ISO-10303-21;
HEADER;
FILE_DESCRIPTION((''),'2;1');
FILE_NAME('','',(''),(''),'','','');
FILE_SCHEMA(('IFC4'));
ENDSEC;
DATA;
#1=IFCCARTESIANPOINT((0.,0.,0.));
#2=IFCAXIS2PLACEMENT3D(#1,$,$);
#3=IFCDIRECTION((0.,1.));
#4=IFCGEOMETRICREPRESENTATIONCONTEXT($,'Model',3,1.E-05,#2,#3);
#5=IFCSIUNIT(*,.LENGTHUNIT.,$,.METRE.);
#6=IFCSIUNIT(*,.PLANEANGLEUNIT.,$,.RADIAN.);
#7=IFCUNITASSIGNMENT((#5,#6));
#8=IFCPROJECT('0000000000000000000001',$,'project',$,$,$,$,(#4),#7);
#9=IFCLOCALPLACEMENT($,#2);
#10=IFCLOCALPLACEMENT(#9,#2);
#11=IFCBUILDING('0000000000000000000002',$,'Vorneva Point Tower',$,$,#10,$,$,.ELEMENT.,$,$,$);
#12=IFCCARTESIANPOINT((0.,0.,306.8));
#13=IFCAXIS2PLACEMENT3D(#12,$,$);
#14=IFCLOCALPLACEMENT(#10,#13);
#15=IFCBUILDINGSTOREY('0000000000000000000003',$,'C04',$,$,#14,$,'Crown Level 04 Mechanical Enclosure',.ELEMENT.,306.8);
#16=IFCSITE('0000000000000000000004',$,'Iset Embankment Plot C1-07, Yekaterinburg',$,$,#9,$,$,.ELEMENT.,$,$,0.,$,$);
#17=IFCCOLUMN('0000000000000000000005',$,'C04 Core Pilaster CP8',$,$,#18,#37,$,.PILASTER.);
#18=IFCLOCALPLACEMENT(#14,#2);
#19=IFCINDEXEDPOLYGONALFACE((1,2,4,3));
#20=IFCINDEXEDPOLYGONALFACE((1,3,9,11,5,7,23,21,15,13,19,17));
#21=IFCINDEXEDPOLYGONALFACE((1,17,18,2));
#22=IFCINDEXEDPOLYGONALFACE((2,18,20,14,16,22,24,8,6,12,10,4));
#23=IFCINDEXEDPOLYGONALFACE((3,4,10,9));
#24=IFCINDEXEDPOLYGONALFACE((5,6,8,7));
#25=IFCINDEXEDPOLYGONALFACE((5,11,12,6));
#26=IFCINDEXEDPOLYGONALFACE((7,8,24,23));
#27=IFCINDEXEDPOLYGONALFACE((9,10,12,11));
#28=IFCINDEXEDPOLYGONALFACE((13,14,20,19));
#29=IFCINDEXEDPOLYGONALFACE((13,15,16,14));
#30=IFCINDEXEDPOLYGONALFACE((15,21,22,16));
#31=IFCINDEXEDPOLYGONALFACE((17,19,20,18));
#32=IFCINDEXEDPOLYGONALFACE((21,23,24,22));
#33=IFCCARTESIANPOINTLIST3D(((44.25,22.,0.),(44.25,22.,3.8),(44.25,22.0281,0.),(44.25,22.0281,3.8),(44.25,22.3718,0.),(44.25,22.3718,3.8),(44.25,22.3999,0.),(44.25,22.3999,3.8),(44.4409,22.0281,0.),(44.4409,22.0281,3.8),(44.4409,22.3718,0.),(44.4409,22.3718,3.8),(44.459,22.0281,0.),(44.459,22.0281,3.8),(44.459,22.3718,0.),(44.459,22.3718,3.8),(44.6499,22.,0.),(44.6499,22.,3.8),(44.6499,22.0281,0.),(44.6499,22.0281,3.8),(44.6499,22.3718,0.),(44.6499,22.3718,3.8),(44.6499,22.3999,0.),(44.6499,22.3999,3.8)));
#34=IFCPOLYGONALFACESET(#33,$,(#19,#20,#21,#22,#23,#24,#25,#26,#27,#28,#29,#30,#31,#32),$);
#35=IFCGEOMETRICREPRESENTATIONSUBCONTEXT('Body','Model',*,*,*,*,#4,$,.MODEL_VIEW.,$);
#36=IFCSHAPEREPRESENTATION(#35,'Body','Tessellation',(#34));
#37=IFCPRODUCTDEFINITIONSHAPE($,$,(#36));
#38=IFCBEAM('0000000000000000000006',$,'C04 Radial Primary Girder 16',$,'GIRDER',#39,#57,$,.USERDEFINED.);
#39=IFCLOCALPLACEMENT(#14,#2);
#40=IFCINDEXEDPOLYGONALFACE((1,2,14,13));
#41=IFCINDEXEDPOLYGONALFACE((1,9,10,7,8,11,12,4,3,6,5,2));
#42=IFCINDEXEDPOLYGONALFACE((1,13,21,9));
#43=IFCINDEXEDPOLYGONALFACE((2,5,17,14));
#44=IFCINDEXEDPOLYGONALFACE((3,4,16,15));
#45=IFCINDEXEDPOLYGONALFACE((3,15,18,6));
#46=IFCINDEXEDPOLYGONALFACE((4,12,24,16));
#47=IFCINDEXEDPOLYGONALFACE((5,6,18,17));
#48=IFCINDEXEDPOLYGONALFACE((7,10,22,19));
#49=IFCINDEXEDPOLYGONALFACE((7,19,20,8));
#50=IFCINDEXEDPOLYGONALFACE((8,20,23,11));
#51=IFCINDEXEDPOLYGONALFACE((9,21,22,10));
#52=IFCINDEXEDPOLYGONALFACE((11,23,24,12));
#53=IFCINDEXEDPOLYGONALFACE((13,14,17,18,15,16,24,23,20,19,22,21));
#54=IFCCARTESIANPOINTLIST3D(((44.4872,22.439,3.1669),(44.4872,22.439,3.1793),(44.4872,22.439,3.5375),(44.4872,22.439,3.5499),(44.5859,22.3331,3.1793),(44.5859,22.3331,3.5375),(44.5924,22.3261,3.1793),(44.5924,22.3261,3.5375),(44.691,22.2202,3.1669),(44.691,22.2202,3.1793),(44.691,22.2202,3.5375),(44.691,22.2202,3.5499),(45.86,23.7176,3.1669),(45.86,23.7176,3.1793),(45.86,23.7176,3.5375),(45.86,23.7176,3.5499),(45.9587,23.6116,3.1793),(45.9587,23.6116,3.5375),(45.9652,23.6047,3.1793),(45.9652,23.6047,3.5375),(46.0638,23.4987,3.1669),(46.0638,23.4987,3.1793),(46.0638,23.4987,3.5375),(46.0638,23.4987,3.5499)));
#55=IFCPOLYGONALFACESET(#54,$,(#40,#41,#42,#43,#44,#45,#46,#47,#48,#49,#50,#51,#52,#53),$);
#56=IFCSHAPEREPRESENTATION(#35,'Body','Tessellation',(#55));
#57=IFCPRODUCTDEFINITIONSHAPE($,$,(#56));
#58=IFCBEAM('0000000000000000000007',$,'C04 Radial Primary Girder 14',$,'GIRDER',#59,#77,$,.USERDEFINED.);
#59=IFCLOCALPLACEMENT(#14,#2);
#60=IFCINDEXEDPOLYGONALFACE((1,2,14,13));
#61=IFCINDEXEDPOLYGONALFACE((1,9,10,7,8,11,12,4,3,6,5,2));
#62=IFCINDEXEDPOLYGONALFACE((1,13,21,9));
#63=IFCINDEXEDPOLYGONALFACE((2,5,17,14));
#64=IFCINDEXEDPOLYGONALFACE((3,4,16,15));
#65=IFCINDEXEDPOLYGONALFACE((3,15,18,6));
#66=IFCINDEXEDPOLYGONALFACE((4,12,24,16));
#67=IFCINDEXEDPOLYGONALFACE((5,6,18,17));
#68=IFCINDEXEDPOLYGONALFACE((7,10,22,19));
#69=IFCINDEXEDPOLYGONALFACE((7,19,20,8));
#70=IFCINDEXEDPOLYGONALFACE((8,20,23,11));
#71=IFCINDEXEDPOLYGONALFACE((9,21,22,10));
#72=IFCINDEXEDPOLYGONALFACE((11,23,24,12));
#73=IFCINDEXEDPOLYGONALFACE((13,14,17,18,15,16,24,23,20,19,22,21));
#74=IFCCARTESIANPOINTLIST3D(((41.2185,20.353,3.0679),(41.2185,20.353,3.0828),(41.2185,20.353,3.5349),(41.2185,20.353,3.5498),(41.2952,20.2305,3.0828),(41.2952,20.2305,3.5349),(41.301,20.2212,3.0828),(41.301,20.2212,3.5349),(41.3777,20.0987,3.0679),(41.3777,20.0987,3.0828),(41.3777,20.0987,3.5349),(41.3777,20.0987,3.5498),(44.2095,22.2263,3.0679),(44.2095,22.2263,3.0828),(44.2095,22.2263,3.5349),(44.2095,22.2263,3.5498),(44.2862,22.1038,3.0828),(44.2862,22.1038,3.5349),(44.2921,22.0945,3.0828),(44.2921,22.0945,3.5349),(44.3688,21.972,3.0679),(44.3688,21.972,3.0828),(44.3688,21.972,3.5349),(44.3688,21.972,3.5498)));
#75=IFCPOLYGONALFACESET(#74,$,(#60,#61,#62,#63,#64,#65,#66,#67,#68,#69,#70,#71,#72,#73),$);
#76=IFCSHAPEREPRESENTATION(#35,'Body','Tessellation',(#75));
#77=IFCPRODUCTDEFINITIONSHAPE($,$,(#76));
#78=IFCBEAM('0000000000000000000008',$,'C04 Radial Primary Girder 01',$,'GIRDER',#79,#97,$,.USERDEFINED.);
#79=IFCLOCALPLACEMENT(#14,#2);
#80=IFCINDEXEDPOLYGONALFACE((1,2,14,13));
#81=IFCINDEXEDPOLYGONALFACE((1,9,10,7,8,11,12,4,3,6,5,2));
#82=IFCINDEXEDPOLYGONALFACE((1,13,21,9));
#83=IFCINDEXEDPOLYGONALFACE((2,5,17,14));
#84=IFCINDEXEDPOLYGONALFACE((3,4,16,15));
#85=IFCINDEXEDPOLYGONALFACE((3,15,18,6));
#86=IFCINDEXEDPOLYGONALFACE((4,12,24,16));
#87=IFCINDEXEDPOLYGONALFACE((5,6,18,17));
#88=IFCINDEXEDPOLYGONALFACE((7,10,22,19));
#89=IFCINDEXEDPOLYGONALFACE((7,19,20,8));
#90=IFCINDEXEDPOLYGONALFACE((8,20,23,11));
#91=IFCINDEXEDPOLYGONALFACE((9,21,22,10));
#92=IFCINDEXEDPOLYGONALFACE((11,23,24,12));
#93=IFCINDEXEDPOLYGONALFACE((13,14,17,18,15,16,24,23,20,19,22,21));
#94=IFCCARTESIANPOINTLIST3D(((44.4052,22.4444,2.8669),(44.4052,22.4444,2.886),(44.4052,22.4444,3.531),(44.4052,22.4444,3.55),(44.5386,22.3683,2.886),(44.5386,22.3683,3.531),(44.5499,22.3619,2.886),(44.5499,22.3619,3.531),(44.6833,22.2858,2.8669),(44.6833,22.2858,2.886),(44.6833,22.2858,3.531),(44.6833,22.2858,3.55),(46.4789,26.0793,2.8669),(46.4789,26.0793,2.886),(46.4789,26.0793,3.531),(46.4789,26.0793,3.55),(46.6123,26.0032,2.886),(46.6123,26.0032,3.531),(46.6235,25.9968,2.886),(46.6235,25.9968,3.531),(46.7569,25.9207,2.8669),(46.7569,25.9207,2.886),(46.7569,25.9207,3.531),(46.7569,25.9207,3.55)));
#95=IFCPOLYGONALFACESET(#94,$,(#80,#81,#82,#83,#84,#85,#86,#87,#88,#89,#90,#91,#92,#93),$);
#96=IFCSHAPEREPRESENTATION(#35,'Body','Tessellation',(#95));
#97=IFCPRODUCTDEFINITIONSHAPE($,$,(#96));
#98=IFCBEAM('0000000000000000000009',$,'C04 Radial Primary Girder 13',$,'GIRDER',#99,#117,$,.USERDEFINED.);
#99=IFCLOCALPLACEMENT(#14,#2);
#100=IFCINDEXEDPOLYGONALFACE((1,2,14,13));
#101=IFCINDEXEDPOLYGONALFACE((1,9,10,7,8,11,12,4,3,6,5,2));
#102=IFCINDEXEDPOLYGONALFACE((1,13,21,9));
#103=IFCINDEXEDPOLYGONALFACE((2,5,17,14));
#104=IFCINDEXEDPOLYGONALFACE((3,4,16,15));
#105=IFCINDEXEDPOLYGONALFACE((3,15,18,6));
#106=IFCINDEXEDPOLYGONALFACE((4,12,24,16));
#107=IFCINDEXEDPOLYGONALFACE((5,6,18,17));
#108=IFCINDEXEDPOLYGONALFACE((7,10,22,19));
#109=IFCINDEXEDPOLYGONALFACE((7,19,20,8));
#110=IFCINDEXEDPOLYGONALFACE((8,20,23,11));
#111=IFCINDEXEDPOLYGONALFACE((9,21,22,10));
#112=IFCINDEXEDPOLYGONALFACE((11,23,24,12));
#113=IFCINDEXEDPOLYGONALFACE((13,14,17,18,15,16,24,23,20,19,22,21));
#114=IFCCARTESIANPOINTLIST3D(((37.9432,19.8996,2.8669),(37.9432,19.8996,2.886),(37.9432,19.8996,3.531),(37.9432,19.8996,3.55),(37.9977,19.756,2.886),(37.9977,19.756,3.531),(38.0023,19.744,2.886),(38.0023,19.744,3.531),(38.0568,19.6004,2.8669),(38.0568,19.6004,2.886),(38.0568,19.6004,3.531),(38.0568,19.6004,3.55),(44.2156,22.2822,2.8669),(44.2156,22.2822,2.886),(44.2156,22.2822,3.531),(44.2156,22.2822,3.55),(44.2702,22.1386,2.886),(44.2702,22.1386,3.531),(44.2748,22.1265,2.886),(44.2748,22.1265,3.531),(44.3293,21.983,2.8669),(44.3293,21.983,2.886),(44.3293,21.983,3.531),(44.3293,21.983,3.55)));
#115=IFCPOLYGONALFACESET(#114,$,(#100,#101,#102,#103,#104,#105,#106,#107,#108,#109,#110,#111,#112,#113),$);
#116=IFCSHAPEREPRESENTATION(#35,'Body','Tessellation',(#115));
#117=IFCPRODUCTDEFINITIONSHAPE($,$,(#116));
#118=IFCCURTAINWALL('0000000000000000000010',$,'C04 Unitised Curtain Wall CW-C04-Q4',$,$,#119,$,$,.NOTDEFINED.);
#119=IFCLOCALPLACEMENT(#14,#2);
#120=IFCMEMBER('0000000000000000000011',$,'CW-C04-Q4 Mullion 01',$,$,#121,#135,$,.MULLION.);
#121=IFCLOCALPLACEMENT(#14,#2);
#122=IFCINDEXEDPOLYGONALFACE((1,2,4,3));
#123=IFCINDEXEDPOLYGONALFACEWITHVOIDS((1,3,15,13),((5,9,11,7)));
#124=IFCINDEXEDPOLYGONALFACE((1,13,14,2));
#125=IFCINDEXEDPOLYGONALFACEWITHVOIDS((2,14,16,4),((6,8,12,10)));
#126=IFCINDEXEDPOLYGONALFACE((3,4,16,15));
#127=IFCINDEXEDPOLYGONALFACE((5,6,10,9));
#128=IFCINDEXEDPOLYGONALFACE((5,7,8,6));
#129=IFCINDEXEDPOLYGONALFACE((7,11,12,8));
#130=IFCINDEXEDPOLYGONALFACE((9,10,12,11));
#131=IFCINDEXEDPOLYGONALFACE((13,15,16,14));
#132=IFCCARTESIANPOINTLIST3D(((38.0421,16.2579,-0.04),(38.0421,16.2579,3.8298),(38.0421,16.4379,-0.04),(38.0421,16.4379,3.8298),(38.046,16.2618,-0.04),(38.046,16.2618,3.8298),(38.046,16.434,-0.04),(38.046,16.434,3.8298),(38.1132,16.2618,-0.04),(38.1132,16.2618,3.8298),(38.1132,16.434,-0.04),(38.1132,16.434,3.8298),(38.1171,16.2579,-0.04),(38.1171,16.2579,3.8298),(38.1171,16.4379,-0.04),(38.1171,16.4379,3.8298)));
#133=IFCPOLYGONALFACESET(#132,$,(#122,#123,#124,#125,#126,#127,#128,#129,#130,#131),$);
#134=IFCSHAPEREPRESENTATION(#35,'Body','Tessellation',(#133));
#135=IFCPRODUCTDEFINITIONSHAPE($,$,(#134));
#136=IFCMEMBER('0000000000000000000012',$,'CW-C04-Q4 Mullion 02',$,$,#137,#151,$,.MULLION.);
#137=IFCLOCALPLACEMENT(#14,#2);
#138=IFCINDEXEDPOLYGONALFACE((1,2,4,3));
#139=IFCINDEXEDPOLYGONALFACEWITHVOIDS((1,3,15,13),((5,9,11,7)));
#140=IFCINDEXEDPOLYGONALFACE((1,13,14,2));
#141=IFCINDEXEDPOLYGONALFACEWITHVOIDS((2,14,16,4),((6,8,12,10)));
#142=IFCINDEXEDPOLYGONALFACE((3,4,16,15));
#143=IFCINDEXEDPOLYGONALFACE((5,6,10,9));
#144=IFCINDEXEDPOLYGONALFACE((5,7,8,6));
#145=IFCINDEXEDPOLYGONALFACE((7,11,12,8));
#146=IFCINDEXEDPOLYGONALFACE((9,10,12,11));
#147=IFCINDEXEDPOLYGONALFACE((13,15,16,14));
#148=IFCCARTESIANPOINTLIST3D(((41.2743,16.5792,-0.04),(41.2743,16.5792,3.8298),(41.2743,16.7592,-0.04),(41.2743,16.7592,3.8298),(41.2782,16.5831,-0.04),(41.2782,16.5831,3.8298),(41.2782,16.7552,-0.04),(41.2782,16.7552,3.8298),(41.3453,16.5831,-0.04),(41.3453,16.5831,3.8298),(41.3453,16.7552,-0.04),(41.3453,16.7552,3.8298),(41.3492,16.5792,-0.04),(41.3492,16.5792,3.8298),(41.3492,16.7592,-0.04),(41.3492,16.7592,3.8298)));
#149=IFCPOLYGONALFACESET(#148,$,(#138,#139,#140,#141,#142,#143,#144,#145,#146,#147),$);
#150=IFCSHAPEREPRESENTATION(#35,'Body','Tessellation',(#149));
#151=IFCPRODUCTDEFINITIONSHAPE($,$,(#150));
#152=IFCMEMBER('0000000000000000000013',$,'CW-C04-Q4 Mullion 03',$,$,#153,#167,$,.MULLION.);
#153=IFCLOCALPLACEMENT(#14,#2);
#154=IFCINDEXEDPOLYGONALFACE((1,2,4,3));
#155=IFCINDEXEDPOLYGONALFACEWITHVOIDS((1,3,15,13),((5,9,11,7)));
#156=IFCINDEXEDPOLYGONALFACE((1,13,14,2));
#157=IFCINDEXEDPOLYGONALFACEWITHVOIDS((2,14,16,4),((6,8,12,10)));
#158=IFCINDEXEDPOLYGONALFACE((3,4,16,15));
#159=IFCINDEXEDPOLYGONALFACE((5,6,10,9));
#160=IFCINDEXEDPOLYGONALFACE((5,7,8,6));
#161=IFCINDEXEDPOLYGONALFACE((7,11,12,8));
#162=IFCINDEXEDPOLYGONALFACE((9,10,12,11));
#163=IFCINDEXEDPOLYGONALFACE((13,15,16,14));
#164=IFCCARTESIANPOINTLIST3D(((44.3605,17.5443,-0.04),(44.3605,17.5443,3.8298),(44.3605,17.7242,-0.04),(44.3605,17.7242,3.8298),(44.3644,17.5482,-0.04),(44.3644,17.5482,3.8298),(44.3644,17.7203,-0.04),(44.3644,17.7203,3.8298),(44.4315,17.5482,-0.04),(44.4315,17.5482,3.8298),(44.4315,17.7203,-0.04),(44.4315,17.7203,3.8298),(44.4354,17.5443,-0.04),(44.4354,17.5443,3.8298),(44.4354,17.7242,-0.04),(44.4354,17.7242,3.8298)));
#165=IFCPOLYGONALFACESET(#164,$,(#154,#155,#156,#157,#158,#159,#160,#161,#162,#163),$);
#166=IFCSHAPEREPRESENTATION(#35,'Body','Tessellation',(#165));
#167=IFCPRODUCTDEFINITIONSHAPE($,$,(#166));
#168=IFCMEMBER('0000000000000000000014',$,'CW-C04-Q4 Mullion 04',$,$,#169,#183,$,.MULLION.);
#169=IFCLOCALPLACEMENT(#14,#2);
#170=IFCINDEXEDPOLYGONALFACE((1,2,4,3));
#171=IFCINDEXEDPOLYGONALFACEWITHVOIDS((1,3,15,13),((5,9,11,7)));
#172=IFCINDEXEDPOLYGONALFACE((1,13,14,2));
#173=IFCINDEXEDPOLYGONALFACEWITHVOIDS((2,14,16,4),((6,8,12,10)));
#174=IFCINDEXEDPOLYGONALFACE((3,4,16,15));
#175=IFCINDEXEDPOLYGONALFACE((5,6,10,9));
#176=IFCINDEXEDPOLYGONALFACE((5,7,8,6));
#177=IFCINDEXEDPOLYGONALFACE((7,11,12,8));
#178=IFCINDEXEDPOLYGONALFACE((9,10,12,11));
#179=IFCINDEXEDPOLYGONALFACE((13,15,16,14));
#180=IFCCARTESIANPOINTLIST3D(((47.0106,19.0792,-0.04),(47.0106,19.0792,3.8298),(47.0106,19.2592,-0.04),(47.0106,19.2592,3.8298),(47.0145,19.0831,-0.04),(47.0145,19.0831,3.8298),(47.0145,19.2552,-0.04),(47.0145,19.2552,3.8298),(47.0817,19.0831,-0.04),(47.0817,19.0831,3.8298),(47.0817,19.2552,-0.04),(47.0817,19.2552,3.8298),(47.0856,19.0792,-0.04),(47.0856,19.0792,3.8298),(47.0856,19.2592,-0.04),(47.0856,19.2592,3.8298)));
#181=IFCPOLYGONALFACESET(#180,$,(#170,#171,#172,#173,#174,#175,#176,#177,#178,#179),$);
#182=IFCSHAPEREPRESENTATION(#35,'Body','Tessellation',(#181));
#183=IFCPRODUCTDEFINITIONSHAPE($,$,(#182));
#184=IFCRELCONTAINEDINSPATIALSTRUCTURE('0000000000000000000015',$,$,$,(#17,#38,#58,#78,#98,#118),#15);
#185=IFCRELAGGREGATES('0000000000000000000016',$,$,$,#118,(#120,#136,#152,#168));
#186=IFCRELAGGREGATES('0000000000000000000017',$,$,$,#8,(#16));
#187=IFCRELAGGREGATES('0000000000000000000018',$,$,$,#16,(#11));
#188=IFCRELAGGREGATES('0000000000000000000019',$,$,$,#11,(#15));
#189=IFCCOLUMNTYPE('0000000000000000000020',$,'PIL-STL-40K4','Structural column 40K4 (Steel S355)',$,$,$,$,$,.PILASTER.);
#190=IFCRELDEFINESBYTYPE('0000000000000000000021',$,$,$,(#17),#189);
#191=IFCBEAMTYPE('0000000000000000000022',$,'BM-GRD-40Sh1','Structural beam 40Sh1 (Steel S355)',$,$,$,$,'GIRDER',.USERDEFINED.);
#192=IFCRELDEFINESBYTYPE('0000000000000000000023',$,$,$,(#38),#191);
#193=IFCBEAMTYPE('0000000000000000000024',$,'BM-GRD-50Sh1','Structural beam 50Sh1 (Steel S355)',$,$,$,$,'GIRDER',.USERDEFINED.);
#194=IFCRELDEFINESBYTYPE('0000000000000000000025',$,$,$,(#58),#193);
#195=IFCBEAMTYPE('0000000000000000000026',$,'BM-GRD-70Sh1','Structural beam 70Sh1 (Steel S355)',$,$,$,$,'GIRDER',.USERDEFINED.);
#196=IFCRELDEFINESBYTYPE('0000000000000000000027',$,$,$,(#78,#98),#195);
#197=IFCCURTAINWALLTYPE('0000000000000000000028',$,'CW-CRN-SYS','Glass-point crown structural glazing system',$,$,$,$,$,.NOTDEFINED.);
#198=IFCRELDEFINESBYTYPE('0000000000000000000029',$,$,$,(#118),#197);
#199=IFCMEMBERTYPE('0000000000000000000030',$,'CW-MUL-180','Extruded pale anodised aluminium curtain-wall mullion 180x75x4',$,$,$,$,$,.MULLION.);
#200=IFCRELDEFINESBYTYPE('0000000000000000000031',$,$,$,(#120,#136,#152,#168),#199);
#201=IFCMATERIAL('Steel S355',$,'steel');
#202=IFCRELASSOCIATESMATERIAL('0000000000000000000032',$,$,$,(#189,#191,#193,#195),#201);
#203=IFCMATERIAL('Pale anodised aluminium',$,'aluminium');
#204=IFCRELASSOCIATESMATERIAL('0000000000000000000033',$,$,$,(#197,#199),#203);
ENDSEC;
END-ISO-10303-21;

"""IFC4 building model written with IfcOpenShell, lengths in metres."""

from ifc_helpers import new_model, si_unit, direction, frame, origin, origin_2d, place, context, subcontext, project, spatial, hollow_rectangle, i_section, extrude, material, material_profile, profile_set, type_object, element, aggregate, save


model = new_model("IFC4")

# Units and contexts
model_context = context("Model", 3, precision=1e-05, world=origin(), true_north=direction((0.0, 1.0)))
body_context = subcontext(model_context, "Body", "Model", "MODEL_VIEW")
ifc_project = project(units=[si_unit("LENGTHUNIT", "METRE"), si_unit("PLANEANGLEUNIT", "RADIAN")], contexts=[model_context])

# Site, building, storey
site_placement = place(None, origin())
site = spatial("IfcSite", under=ifc_project, at=site_placement, Name="Iset Embankment Plot C1-07, Yekaterinburg", CompositionType="ELEMENT", RefElevation=0.0)
building_placement = place(site_placement, origin())
building = spatial("IfcBuilding", under=site, at=building_placement, Name="Vorneva Point Tower", CompositionType="ELEMENT")
storey_placement = place(building_placement, frame((0.0, 0.0, 306.8)))
storey = spatial("IfcBuildingStorey", under=building, at=storey_placement, Name="C04", LongName="Crown Level 04 Mechanical Enclosure", CompositionType="ELEMENT", Elevation=306.8)

# Column
ifc_material_1 = material(Name="Steel S355", Category="steel")
ifc_material_profile_1 = material_profile(ifc_material_1, i_section(OverallWidth=0.3999, OverallDepth=0.3999, WebThickness=0.0181, FlangeThickness=0.0281, at=origin_2d()), Name="40K4")
ifc_profile_set_1 = profile_set([ifc_material_profile_1], Name="Steel S355")
column_type = type_object("IfcColumnType", Name="PIL-STL-40K4", Description="Structural column 40K4 (Steel S355)", PredefinedType="PILASTER", material=ifc_profile_set_1)
column_placement = place(storey_placement, frame((44.45, 22.2, 0.0), z_axis=(0.0, 0.0, 1.0), x_axis=(1.0, 0.0, 0.0)))
element("IfcColumn", 1, at=column_placement, inside=storey, type_object=column_type, Name="C04 Core Pilaster CP8", PredefinedType="PILASTER", context=body_context, shape_type="SweptSolid", body=[
    extrude(i_section(OverallWidth=0.3999, OverallDepth=0.3999, WebThickness=0.0181, FlangeThickness=0.0281, at=origin_2d()), origin(), (0.0, 0.0, 1.0), 3.8),
])

# Beams
ifc_material_profile_2 = material_profile(ifc_material_1, i_section(OverallWidth=0.2991, OverallDepth=0.3831, WebThickness=0.0095, FlangeThickness=0.0125, at=origin_2d()), Name="40Sh1")
ifc_profile_set_2 = profile_set([ifc_material_profile_2], Name="Steel S355")
beam_type_1 = type_object("IfcBeamType", Name="BM-GRD-40Sh1", Description="Structural beam 40Sh1 (Steel S355)", ElementType="GIRDER", PredefinedType="USERDEFINED", material=ifc_profile_set_2)
beam_1_placement = place(storey_placement, frame((45.9619, 23.6082, 3.3584), z_axis=(-0.731778, -0.681544, 0.0), x_axis=(0.681544, -0.731778, 0.0)))
element("IfcBeam", 2, at=beam_1_placement, inside=storey, type_object=beam_type_1, Name="C04 Radial Primary Girder 16", ObjectType="GIRDER", PredefinedType="USERDEFINED", context=body_context, shape_type="SweptSolid", body=[
    extrude(i_section(OverallWidth=0.2991, OverallDepth=0.3831, WebThickness=0.0095, FlangeThickness=0.0125, at=origin_2d()), origin(), (0.0, 0.0, 1.0), 1.876),
])
ifc_material_profile_3 = material_profile(ifc_material_1, i_section(OverallWidth=0.3, OverallDepth=0.4819, WebThickness=0.011, FlangeThickness=0.0149, at=origin_2d()), Name="50Sh1")
ifc_profile_set_3 = profile_set([ifc_material_profile_3], Name="Steel S355")
beam_type_2 = type_object("IfcBeamType", Name="BM-GRD-50Sh1", Description="Structural beam 50Sh1 (Steel S355)", ElementType="GIRDER", PredefinedType="USERDEFINED", material=ifc_profile_set_3)
beam_2_placement = place(storey_placement, frame((41.2981, 20.2258, 3.3088), z_axis=(0.847497, 0.530801, 0.0), x_axis=(-0.530801, 0.847497, 0.0)))
element("IfcBeam", 3, at=beam_2_placement, inside=storey, type_object=beam_type_2, Name="C04 Radial Primary Girder 14", ObjectType="GIRDER", PredefinedType="USERDEFINED", context=body_context, shape_type="SweptSolid", body=[
    extrude(i_section(OverallWidth=0.3, OverallDepth=0.4819, WebThickness=0.011, FlangeThickness=0.0149, at=origin_2d()), origin(), (0.0, 0.0, 1.0), 3.5293),
])
ifc_material_profile_4 = material_profile(ifc_material_1, i_section(OverallWidth=0.3201, OverallDepth=0.6831, WebThickness=0.0129, FlangeThickness=0.019, at=origin_2d()), Name="70Sh1")
ifc_profile_set_4 = profile_set([ifc_material_profile_4], Name="Steel S355")
beam_type_3 = type_object("IfcBeamType", Name="BM-GRD-70Sh1", Description="Structural beam 70Sh1 (Steel S355)", ElementType="GIRDER", PredefinedType="USERDEFINED", material=ifc_profile_set_4)
beam_3_placement = place(storey_placement, frame((46.6179, 26.0, 3.2085), z_axis=(-0.495523, -0.868595, 0.0), x_axis=(0.868595, -0.495523, 0.0)))
element("IfcBeam", 4, at=beam_3_placement, inside=storey, type_object=beam_type_3, Name="C04 Radial Primary Girder 01", ObjectType="GIRDER", PredefinedType="USERDEFINED", context=body_context, shape_type="SweptSolid", body=[
    extrude(i_section(OverallWidth=0.3201, OverallDepth=0.6831, WebThickness=0.0129, FlangeThickness=0.019, at=origin_2d()), origin(), (0.0, 0.0, 1.0), 4.1848),
])
beam_4_placement = place(storey_placement, frame((38.0, 19.75, 3.2085), z_axis=(0.934831, 0.355092, 0.0), x_axis=(-0.355092, 0.934831, 0.0)))
element("IfcBeam", 5, at=beam_4_placement, inside=storey, type_object=beam_type_3, Name="C04 Radial Primary Girder 13", ObjectType="GIRDER", PredefinedType="USERDEFINED", context=body_context, shape_type="SweptSolid", body=[
    extrude(i_section(OverallWidth=0.3201, OverallDepth=0.6831, WebThickness=0.0129, FlangeThickness=0.019, at=origin_2d()), origin(), (0.0, 0.0, 1.0), 6.7097),
])

# Curtain wall, members
ifc_material_2 = material(Name="Pale anodised aluminium", Category="aluminium")
curtain_wall_type = type_object("IfcCurtainWallType", Name="CW-CRN-SYS", Description="Glass-point crown structural glazing system", PredefinedType="NOTDEFINED", material=ifc_material_2)
curtain_wall_placement = place(storey_placement, origin())
curtain_wall = element("IfcCurtainWall", 6, at=curtain_wall_placement, inside=storey, type_object=curtain_wall_type, Name="C04 Unitised Curtain Wall CW-C04-Q4", PredefinedType="NOTDEFINED")
ifc_material_profile_5 = material_profile(ifc_material_2, hollow_rectangle(XDim=0.075, YDim=0.1799, WallThickness=0.0039, at=origin_2d()), Name="AL-MUL 180x75x4")
ifc_profile_set_5 = profile_set([ifc_material_profile_5], Name="Pale anodised aluminium")
member_type_1 = type_object("IfcMemberType", Name="CW-MUL-180", Description="Extruded pale anodised aluminium curtain-wall mullion 180x75x4", PredefinedType="MULLION", material=ifc_profile_set_5)
member_1_placement = place(storey_placement, frame((38.0796, 16.3479, -0.04), z_axis=(0.0, 0.0, 1.0), x_axis=(1.0, 0.0, 0.0)))
member_1 = element("IfcMember", 7, at=member_1_placement, type_object=member_type_1, Name="CW-C04-Q4 Mullion 01", PredefinedType="MULLION", context=body_context, shape_type="SweptSolid", body=[
    extrude(hollow_rectangle(XDim=0.075, YDim=0.1799, WallThickness=0.0039, at=origin_2d()), origin(), (0.0, 0.0, 1.0), 3.8699),
])
member_2_placement = place(storey_placement, frame((41.3118, 16.6692, -0.04), z_axis=(0.0, 0.0, 1.0), x_axis=(1.0, 0.0, 0.0)))
member_2 = element("IfcMember", 8, at=member_2_placement, type_object=member_type_1, Name="CW-C04-Q4 Mullion 02", PredefinedType="MULLION", context=body_context, shape_type="SweptSolid", body=[
    extrude(hollow_rectangle(XDim=0.075, YDim=0.1799, WallThickness=0.0039, at=origin_2d()), origin(), (0.0, 0.0, 1.0), 3.8699),
])
member_3_placement = place(storey_placement, frame((44.3979, 17.6343, -0.04), z_axis=(0.0, 0.0, 1.0), x_axis=(1.0, 0.0, 0.0)))
member_3 = element("IfcMember", 9, at=member_3_placement, type_object=member_type_1, Name="CW-C04-Q4 Mullion 03", PredefinedType="MULLION", context=body_context, shape_type="SweptSolid", body=[
    extrude(hollow_rectangle(XDim=0.075, YDim=0.1799, WallThickness=0.0039, at=origin_2d()), origin(), (0.0, 0.0, 1.0), 3.8699),
])
member_4_placement = place(storey_placement, frame((47.0481, 19.1692, -0.04), z_axis=(0.0, 0.0, 1.0), x_axis=(1.0, 0.0, 0.0)))
member_4 = element("IfcMember", 10, at=member_4_placement, type_object=member_type_1, Name="CW-C04-Q4 Mullion 04", PredefinedType="MULLION", context=body_context, shape_type="SweptSolid", body=[
    extrude(hollow_rectangle(XDim=0.075, YDim=0.1799, WallThickness=0.0039, at=origin_2d()), origin(), (0.0, 0.0, 1.0), 3.8699),
])

aggregate(curtain_wall, [member_1, member_2, member_3, member_4])

save(model, "model.ifc")
